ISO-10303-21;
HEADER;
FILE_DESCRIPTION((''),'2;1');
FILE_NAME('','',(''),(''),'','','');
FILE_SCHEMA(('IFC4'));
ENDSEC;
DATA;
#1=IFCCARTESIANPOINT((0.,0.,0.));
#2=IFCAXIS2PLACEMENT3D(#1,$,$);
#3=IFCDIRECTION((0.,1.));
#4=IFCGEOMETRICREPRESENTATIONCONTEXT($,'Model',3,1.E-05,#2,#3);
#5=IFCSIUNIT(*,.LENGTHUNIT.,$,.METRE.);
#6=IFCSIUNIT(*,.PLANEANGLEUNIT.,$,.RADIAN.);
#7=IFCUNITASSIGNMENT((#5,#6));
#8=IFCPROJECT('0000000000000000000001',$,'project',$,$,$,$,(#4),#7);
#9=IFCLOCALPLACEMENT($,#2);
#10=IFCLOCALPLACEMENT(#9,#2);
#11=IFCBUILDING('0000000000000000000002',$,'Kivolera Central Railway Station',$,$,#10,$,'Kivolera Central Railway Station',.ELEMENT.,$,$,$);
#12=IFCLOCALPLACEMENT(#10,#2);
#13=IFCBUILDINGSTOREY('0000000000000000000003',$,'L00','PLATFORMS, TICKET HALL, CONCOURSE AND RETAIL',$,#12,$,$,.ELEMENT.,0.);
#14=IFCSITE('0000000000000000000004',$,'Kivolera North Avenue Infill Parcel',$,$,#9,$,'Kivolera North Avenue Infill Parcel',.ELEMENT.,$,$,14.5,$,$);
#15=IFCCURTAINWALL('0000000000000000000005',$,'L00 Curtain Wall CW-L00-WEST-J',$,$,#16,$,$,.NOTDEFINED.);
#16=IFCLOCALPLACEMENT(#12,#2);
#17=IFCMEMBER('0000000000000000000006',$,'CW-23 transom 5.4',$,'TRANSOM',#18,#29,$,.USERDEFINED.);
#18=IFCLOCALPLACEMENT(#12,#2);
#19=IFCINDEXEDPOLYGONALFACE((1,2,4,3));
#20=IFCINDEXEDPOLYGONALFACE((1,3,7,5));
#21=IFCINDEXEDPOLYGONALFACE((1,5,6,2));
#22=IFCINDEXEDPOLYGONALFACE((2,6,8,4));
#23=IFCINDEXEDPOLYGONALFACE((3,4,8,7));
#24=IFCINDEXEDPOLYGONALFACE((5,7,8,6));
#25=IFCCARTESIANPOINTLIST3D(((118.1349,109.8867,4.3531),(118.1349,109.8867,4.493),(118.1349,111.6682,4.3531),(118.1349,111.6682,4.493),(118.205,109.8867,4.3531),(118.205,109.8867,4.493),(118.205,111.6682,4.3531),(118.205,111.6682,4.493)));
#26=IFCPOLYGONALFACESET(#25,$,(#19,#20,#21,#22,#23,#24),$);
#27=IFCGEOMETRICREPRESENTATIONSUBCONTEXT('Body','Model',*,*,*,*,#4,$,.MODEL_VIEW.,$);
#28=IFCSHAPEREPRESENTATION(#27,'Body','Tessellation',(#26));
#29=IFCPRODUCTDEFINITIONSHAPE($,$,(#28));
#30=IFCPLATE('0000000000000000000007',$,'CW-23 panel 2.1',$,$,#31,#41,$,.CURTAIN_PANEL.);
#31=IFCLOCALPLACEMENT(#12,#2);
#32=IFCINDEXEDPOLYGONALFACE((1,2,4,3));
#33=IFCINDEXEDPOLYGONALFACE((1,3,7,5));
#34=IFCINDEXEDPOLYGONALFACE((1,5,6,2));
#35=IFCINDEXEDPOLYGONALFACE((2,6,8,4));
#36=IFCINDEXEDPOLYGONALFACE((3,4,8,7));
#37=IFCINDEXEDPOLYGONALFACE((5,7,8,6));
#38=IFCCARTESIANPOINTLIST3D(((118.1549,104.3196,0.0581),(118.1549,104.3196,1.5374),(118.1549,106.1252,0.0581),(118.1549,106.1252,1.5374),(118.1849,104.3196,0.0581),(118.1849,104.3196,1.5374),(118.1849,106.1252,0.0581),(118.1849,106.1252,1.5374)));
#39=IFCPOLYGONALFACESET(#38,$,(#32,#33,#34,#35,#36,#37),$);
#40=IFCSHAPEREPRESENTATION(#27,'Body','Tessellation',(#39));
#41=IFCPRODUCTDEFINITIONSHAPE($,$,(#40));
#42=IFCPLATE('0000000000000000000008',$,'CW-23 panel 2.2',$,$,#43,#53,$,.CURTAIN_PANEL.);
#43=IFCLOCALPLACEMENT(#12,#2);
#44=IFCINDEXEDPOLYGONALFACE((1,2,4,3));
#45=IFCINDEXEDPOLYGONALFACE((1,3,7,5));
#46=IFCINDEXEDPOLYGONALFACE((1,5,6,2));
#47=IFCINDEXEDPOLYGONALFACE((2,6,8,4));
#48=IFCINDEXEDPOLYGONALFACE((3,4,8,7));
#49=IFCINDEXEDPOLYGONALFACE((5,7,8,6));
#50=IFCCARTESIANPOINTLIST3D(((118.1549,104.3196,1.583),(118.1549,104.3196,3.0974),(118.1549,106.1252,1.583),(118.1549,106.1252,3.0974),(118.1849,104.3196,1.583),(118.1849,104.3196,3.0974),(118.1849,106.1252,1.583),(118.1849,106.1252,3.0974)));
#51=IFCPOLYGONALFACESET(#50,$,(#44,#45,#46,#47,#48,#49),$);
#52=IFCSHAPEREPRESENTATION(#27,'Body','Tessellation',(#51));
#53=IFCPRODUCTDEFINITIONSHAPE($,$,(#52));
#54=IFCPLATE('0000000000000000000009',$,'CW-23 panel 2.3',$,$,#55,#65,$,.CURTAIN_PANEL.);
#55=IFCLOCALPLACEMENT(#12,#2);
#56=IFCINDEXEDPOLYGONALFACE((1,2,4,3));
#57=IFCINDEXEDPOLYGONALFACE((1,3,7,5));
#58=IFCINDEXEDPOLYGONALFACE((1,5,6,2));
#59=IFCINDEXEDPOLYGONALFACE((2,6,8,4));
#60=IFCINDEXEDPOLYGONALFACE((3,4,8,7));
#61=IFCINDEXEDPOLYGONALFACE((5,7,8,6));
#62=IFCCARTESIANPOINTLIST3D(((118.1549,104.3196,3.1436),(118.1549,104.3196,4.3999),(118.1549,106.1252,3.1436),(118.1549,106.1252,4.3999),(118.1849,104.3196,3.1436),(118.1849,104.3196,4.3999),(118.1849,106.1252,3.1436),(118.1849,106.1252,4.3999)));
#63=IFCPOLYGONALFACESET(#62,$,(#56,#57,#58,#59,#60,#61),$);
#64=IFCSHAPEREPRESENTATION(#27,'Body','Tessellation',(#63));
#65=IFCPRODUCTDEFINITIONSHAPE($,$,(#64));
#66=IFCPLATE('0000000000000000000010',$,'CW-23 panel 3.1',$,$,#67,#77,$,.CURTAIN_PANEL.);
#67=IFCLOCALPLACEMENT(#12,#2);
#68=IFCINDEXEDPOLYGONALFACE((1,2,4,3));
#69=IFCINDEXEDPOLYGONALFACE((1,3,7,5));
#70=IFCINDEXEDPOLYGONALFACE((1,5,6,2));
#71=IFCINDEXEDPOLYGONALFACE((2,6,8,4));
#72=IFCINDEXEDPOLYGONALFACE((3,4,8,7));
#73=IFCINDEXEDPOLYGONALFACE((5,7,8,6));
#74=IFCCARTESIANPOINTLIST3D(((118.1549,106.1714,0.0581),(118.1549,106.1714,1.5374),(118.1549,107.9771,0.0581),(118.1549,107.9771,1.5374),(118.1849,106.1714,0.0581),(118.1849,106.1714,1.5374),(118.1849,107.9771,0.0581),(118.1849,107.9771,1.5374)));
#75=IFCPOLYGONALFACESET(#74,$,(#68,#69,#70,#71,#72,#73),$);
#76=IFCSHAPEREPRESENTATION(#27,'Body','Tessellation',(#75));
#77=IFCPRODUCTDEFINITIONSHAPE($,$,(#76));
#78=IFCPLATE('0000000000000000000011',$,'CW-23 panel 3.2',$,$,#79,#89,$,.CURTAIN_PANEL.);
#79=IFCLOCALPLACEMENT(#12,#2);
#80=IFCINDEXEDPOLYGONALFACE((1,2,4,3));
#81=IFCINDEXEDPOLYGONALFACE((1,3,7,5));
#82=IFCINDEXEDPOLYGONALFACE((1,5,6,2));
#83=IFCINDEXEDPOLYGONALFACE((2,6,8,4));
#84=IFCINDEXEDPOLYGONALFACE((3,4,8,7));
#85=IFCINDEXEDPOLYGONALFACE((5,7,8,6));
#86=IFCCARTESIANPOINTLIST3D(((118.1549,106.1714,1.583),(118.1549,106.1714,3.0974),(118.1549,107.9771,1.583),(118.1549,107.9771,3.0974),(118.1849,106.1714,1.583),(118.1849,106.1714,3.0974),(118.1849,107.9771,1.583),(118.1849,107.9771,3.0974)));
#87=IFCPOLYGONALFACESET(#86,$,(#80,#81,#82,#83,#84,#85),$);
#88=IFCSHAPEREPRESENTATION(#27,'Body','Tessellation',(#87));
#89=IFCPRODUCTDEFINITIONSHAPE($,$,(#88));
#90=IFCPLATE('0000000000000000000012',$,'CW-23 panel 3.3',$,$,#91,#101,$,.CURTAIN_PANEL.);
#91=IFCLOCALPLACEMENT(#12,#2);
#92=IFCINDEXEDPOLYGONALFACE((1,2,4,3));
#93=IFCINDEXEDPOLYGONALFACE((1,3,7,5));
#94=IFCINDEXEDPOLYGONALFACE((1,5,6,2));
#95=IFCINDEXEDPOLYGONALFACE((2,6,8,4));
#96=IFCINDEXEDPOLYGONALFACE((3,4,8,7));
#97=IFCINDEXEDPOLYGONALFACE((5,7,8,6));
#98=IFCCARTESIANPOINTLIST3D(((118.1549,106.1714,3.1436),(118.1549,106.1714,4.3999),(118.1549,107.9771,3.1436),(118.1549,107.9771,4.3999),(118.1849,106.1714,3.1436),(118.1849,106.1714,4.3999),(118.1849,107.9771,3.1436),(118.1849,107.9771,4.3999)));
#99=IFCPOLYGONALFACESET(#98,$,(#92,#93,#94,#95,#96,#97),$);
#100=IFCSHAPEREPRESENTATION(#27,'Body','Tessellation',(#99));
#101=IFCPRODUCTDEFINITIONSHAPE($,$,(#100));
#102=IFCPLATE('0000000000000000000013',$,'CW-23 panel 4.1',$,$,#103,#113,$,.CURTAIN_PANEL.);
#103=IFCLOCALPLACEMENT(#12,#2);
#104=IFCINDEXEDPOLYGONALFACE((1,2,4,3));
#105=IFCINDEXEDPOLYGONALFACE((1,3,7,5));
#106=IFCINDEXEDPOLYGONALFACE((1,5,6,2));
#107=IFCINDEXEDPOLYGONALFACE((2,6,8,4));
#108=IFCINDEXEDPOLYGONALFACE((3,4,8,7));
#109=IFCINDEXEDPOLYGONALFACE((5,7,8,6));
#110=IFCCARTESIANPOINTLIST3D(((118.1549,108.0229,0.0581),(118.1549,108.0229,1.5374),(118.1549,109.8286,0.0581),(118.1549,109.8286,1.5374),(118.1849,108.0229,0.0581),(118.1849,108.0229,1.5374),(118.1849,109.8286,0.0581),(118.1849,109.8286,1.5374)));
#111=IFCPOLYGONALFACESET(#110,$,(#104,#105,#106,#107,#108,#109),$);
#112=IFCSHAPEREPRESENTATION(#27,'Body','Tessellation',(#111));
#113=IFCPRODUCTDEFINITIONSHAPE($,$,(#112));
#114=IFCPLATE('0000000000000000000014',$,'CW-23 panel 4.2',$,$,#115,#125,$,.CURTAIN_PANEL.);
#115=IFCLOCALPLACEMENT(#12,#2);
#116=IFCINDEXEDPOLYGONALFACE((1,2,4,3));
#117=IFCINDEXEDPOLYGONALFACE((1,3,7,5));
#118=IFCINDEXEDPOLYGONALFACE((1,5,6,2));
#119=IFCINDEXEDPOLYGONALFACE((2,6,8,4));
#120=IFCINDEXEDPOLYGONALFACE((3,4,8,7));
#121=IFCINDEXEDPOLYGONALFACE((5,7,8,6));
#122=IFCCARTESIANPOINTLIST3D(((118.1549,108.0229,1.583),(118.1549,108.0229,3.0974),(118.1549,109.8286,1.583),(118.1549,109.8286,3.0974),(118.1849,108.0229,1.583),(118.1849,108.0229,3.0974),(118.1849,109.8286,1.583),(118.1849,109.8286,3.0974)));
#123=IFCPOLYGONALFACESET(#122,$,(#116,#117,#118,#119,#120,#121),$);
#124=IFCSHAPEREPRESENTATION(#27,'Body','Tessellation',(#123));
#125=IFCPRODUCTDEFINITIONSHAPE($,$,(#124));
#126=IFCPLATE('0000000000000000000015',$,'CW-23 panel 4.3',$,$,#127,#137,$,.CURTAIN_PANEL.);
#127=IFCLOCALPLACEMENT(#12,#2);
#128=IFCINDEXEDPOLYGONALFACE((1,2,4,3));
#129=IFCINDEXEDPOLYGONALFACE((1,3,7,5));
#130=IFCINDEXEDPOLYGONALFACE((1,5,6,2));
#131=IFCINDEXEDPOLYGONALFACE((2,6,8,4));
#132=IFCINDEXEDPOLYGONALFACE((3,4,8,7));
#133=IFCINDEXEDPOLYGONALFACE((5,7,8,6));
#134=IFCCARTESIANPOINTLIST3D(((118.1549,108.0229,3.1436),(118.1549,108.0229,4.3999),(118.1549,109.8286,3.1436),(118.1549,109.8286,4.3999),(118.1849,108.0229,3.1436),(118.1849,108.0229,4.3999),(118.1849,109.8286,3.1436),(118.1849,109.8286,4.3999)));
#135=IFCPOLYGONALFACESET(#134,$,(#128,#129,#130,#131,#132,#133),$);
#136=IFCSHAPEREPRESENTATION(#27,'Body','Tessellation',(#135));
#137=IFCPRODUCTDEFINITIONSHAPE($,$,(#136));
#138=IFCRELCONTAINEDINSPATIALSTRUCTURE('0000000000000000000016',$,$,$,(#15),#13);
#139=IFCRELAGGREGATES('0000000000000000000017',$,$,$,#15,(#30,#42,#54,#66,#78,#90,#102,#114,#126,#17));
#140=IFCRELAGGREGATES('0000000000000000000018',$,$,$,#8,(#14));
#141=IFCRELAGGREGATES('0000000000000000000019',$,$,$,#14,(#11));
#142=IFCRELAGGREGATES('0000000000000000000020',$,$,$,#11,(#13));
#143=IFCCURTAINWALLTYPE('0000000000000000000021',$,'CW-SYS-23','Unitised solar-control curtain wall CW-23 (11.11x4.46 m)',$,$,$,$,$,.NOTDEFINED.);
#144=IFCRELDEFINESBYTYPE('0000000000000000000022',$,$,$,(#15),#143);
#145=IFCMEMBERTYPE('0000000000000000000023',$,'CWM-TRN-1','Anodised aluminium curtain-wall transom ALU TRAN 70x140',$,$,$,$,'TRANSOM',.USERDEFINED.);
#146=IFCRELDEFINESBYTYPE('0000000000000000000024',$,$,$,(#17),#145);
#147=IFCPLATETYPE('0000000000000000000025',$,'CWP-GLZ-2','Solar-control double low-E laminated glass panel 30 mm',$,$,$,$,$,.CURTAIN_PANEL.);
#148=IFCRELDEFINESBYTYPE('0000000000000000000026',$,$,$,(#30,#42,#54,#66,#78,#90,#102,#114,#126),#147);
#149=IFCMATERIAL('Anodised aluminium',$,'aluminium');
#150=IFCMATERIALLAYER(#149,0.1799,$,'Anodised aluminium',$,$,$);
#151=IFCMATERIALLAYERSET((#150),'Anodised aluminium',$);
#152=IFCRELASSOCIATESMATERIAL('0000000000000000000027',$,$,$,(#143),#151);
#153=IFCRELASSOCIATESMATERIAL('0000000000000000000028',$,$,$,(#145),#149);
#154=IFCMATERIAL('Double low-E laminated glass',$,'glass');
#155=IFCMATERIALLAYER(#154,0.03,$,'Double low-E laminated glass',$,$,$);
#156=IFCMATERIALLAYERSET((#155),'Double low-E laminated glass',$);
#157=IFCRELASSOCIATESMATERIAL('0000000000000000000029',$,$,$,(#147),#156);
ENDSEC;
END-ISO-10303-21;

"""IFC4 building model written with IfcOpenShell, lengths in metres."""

from ifc_helpers import new_model, si_unit, direction, frame, origin, origin_2d, place, context, subcontext, project, spatial, rectangle, extrude, material, layer, layer_set, material_profile, profile_set, type_object, element, aggregate, save


model = new_model("IFC4")

# Units and contexts
model_context = context("Model", 3, precision=1e-05, world=origin(), true_north=direction((0.0, 1.0)))
body_context = subcontext(model_context, "Body", "Model", "MODEL_VIEW")
ifc_project = project(units=[si_unit("LENGTHUNIT", "METRE"), si_unit("PLANEANGLEUNIT", "RADIAN")], contexts=[model_context])

# Site, building, storey
site_placement = place(None, origin())
site = spatial("IfcSite", under=ifc_project, at=site_placement, Name="Kivolera North Avenue Infill Parcel", LongName="Kivolera North Avenue Infill Parcel", CompositionType="ELEMENT", RefElevation=14.5)
building_placement = place(site_placement, origin())
building = spatial("IfcBuilding", under=site, at=building_placement, Name="Kivolera Central Railway Station", LongName="Kivolera Central Railway Station", CompositionType="ELEMENT")
storey_placement = place(building_placement, origin())
storey = spatial("IfcBuildingStorey", under=building, at=storey_placement, Name="L00", Description="PLATFORMS, TICKET HALL, CONCOURSE AND RETAIL", CompositionType="ELEMENT", Elevation=0.0)

# Curtain wall, member, plates
ifc_material_1 = material(Name="Anodised aluminium", Category="aluminium")
ifc_layer_1 = layer(ifc_material_1, 0.1799, Name="Anodised aluminium")
ifc_layer_set_1 = layer_set([ifc_layer_1], Name="Anodised aluminium")
curtain_wall_type = type_object("IfcCurtainWallType", Name="CW-SYS-23", Description="Unitised solar-control curtain wall CW-23 (11.11x4.46 m)", PredefinedType="NOTDEFINED", material=ifc_layer_set_1)
curtain_wall_placement = place(storey_placement, origin())
curtain_wall = element("IfcCurtainWall", 1, at=curtain_wall_placement, inside=storey, type_object=curtain_wall_type, Name="L00 Curtain Wall CW-L00-WEST-J", PredefinedType="NOTDEFINED")
ifc_material_profile = material_profile(ifc_material_1, rectangle(XDim=0.0701, YDim=0.1399, at=origin_2d()), Name="ALU TRAN 70x140")
ifc_profile_set = profile_set([ifc_material_profile], Name="Anodised aluminium")
member_type = type_object("IfcMemberType", Name="CWM-TRN-1", Description="Anodised aluminium curtain-wall transom ALU TRAN 70x140", ElementType="TRANSOM", PredefinedType="USERDEFINED", material=ifc_profile_set)
member_1_placement = place(storey_placement, frame((118.1699, 109.8867, 4.4231), z_axis=(0.0, 1.0, 0.0), x_axis=(-1.0, 0.0, 0.0)))
member_1 = element("IfcMember", 2, at=member_1_placement, type_object=member_type, Name="CW-23 transom 5.4", ObjectType="TRANSOM", PredefinedType="USERDEFINED", context=body_context, shape_type="SweptSolid", body=[
    extrude(rectangle(XDim=0.0701, YDim=0.1399, at=origin_2d()), origin(), (0.0, 0.0, 1.0), 1.7815),
])
ifc_material_2 = material(Name="Double low-E laminated glass", Category="glass")
ifc_layer_2 = layer(ifc_material_2, 0.03, Name="Double low-E laminated glass")
ifc_layer_set_2 = layer_set([ifc_layer_2], Name="Double low-E laminated glass")
plate_type = type_object("IfcPlateType", Name="CWP-GLZ-2", Description="Solar-control double low-E laminated glass panel 30 mm", PredefinedType="CURTAIN_PANEL", material=ifc_layer_set_2)
plate_1_placement = place(storey_placement, frame((118.1699, 105.2224, 0.0581), z_axis=(0.0, 0.0, 1.0), x_axis=(0.0, 1.0, 0.0)))
plate_1 = element("IfcPlate", 3, at=plate_1_placement, type_object=plate_type, Name="CW-23 panel 2.1", PredefinedType="CURTAIN_PANEL", context=body_context, shape_type="SweptSolid", body=[
    extrude(rectangle(XDim=1.8057, YDim=0.03, at=origin_2d()), origin(), (0.0, 0.0, 1.0), 1.4792),
])
plate_2_placement = place(storey_placement, frame((118.1699, 105.2224, 1.583), z_axis=(0.0, 0.0, 1.0), x_axis=(0.0, 1.0, 0.0)))
plate_2 = element("IfcPlate", 4, at=plate_2_placement, type_object=plate_type, Name="CW-23 panel 2.2", PredefinedType="CURTAIN_PANEL", context=body_context, shape_type="SweptSolid", body=[
    extrude(rectangle(XDim=1.8057, YDim=0.03, at=origin_2d()), origin(), (0.0, 0.0, 1.0), 1.5144),
])
plate_3_placement = place(storey_placement, frame((118.1699, 105.2224, 3.1436), z_axis=(0.0, 0.0, 1.0), x_axis=(0.0, 1.0, 0.0)))
plate_3 = element("IfcPlate", 5, at=plate_3_placement, type_object=plate_type, Name="CW-23 panel 2.3", PredefinedType="CURTAIN_PANEL", context=body_context, shape_type="SweptSolid", body=[
    extrude(rectangle(XDim=1.8057, YDim=0.03, at=origin_2d()), origin(), (0.0, 0.0, 1.0), 1.2563),
])
plate_4_placement = place(storey_placement, frame((118.1699, 107.0742, 0.0581), z_axis=(0.0, 0.0, 1.0), x_axis=(0.0, 1.0, 0.0)))
plate_4 = element("IfcPlate", 6, at=plate_4_placement, type_object=plate_type, Name="CW-23 panel 3.1", PredefinedType="CURTAIN_PANEL", context=body_context, shape_type="SweptSolid", body=[
    extrude(rectangle(XDim=1.8057, YDim=0.03, at=origin_2d()), origin(), (0.0, 0.0, 1.0), 1.4792),
])
plate_5_placement = place(storey_placement, frame((118.1699, 107.0742, 1.583), z_axis=(0.0, 0.0, 1.0), x_axis=(0.0, 1.0, 0.0)))
plate_5 = element("IfcPlate", 7, at=plate_5_placement, type_object=plate_type, Name="CW-23 panel 3.2", PredefinedType="CURTAIN_PANEL", context=body_context, shape_type="SweptSolid", body=[
    extrude(rectangle(XDim=1.8057, YDim=0.03, at=origin_2d()), origin(), (0.0, 0.0, 1.0), 1.5144),
])
plate_6_placement = place(storey_placement, frame((118.1699, 107.0742, 3.1436), z_axis=(0.0, 0.0, 1.0), x_axis=(0.0, 1.0, 0.0)))
plate_6 = element("IfcPlate", 8, at=plate_6_placement, type_object=plate_type, Name="CW-23 panel 3.3", PredefinedType="CURTAIN_PANEL", context=body_context, shape_type="SweptSolid", body=[
    extrude(rectangle(XDim=1.8057, YDim=0.03, at=origin_2d()), origin(), (0.0, 0.0, 1.0), 1.2563),
])
plate_7_placement = place(storey_placement, frame((118.1699, 108.9258, 0.0581), z_axis=(0.0, 0.0, 1.0), x_axis=(0.0, 1.0, 0.0)))
plate_7 = element("IfcPlate", 9, at=plate_7_placement, type_object=plate_type, Name="CW-23 panel 4.1", PredefinedType="CURTAIN_PANEL", context=body_context, shape_type="SweptSolid", body=[
    extrude(rectangle(XDim=1.8057, YDim=0.03, at=origin_2d()), origin(), (0.0, 0.0, 1.0), 1.4792),
])
plate_8_placement = place(storey_placement, frame((118.1699, 108.9258, 1.583), z_axis=(0.0, 0.0, 1.0), x_axis=(0.0, 1.0, 0.0)))
plate_8 = element("IfcPlate", 10, at=plate_8_placement, type_object=plate_type, Name="CW-23 panel 4.2", PredefinedType="CURTAIN_PANEL", context=body_context, shape_type="SweptSolid", body=[
    extrude(rectangle(XDim=1.8057, YDim=0.03, at=origin_2d()), origin(), (0.0, 0.0, 1.0), 1.5144),
])
plate_9_placement = place(storey_placement, frame((118.1699, 108.9258, 3.1436), z_axis=(0.0, 0.0, 1.0), x_axis=(0.0, 1.0, 0.0)))
plate_9 = element("IfcPlate", 11, at=plate_9_placement, type_object=plate_type, Name="CW-23 panel 4.3", PredefinedType="CURTAIN_PANEL", context=body_context, shape_type="SweptSolid", body=[
    extrude(rectangle(XDim=1.8057, YDim=0.03, at=origin_2d()), origin(), (0.0, 0.0, 1.0), 1.2563),
])
aggregate(curtain_wall, [plate_1, plate_2, plate_3, plate_4, plate_5, plate_6, plate_7, plate_8, plate_9, member_1])

save(model, "model.ifc")
